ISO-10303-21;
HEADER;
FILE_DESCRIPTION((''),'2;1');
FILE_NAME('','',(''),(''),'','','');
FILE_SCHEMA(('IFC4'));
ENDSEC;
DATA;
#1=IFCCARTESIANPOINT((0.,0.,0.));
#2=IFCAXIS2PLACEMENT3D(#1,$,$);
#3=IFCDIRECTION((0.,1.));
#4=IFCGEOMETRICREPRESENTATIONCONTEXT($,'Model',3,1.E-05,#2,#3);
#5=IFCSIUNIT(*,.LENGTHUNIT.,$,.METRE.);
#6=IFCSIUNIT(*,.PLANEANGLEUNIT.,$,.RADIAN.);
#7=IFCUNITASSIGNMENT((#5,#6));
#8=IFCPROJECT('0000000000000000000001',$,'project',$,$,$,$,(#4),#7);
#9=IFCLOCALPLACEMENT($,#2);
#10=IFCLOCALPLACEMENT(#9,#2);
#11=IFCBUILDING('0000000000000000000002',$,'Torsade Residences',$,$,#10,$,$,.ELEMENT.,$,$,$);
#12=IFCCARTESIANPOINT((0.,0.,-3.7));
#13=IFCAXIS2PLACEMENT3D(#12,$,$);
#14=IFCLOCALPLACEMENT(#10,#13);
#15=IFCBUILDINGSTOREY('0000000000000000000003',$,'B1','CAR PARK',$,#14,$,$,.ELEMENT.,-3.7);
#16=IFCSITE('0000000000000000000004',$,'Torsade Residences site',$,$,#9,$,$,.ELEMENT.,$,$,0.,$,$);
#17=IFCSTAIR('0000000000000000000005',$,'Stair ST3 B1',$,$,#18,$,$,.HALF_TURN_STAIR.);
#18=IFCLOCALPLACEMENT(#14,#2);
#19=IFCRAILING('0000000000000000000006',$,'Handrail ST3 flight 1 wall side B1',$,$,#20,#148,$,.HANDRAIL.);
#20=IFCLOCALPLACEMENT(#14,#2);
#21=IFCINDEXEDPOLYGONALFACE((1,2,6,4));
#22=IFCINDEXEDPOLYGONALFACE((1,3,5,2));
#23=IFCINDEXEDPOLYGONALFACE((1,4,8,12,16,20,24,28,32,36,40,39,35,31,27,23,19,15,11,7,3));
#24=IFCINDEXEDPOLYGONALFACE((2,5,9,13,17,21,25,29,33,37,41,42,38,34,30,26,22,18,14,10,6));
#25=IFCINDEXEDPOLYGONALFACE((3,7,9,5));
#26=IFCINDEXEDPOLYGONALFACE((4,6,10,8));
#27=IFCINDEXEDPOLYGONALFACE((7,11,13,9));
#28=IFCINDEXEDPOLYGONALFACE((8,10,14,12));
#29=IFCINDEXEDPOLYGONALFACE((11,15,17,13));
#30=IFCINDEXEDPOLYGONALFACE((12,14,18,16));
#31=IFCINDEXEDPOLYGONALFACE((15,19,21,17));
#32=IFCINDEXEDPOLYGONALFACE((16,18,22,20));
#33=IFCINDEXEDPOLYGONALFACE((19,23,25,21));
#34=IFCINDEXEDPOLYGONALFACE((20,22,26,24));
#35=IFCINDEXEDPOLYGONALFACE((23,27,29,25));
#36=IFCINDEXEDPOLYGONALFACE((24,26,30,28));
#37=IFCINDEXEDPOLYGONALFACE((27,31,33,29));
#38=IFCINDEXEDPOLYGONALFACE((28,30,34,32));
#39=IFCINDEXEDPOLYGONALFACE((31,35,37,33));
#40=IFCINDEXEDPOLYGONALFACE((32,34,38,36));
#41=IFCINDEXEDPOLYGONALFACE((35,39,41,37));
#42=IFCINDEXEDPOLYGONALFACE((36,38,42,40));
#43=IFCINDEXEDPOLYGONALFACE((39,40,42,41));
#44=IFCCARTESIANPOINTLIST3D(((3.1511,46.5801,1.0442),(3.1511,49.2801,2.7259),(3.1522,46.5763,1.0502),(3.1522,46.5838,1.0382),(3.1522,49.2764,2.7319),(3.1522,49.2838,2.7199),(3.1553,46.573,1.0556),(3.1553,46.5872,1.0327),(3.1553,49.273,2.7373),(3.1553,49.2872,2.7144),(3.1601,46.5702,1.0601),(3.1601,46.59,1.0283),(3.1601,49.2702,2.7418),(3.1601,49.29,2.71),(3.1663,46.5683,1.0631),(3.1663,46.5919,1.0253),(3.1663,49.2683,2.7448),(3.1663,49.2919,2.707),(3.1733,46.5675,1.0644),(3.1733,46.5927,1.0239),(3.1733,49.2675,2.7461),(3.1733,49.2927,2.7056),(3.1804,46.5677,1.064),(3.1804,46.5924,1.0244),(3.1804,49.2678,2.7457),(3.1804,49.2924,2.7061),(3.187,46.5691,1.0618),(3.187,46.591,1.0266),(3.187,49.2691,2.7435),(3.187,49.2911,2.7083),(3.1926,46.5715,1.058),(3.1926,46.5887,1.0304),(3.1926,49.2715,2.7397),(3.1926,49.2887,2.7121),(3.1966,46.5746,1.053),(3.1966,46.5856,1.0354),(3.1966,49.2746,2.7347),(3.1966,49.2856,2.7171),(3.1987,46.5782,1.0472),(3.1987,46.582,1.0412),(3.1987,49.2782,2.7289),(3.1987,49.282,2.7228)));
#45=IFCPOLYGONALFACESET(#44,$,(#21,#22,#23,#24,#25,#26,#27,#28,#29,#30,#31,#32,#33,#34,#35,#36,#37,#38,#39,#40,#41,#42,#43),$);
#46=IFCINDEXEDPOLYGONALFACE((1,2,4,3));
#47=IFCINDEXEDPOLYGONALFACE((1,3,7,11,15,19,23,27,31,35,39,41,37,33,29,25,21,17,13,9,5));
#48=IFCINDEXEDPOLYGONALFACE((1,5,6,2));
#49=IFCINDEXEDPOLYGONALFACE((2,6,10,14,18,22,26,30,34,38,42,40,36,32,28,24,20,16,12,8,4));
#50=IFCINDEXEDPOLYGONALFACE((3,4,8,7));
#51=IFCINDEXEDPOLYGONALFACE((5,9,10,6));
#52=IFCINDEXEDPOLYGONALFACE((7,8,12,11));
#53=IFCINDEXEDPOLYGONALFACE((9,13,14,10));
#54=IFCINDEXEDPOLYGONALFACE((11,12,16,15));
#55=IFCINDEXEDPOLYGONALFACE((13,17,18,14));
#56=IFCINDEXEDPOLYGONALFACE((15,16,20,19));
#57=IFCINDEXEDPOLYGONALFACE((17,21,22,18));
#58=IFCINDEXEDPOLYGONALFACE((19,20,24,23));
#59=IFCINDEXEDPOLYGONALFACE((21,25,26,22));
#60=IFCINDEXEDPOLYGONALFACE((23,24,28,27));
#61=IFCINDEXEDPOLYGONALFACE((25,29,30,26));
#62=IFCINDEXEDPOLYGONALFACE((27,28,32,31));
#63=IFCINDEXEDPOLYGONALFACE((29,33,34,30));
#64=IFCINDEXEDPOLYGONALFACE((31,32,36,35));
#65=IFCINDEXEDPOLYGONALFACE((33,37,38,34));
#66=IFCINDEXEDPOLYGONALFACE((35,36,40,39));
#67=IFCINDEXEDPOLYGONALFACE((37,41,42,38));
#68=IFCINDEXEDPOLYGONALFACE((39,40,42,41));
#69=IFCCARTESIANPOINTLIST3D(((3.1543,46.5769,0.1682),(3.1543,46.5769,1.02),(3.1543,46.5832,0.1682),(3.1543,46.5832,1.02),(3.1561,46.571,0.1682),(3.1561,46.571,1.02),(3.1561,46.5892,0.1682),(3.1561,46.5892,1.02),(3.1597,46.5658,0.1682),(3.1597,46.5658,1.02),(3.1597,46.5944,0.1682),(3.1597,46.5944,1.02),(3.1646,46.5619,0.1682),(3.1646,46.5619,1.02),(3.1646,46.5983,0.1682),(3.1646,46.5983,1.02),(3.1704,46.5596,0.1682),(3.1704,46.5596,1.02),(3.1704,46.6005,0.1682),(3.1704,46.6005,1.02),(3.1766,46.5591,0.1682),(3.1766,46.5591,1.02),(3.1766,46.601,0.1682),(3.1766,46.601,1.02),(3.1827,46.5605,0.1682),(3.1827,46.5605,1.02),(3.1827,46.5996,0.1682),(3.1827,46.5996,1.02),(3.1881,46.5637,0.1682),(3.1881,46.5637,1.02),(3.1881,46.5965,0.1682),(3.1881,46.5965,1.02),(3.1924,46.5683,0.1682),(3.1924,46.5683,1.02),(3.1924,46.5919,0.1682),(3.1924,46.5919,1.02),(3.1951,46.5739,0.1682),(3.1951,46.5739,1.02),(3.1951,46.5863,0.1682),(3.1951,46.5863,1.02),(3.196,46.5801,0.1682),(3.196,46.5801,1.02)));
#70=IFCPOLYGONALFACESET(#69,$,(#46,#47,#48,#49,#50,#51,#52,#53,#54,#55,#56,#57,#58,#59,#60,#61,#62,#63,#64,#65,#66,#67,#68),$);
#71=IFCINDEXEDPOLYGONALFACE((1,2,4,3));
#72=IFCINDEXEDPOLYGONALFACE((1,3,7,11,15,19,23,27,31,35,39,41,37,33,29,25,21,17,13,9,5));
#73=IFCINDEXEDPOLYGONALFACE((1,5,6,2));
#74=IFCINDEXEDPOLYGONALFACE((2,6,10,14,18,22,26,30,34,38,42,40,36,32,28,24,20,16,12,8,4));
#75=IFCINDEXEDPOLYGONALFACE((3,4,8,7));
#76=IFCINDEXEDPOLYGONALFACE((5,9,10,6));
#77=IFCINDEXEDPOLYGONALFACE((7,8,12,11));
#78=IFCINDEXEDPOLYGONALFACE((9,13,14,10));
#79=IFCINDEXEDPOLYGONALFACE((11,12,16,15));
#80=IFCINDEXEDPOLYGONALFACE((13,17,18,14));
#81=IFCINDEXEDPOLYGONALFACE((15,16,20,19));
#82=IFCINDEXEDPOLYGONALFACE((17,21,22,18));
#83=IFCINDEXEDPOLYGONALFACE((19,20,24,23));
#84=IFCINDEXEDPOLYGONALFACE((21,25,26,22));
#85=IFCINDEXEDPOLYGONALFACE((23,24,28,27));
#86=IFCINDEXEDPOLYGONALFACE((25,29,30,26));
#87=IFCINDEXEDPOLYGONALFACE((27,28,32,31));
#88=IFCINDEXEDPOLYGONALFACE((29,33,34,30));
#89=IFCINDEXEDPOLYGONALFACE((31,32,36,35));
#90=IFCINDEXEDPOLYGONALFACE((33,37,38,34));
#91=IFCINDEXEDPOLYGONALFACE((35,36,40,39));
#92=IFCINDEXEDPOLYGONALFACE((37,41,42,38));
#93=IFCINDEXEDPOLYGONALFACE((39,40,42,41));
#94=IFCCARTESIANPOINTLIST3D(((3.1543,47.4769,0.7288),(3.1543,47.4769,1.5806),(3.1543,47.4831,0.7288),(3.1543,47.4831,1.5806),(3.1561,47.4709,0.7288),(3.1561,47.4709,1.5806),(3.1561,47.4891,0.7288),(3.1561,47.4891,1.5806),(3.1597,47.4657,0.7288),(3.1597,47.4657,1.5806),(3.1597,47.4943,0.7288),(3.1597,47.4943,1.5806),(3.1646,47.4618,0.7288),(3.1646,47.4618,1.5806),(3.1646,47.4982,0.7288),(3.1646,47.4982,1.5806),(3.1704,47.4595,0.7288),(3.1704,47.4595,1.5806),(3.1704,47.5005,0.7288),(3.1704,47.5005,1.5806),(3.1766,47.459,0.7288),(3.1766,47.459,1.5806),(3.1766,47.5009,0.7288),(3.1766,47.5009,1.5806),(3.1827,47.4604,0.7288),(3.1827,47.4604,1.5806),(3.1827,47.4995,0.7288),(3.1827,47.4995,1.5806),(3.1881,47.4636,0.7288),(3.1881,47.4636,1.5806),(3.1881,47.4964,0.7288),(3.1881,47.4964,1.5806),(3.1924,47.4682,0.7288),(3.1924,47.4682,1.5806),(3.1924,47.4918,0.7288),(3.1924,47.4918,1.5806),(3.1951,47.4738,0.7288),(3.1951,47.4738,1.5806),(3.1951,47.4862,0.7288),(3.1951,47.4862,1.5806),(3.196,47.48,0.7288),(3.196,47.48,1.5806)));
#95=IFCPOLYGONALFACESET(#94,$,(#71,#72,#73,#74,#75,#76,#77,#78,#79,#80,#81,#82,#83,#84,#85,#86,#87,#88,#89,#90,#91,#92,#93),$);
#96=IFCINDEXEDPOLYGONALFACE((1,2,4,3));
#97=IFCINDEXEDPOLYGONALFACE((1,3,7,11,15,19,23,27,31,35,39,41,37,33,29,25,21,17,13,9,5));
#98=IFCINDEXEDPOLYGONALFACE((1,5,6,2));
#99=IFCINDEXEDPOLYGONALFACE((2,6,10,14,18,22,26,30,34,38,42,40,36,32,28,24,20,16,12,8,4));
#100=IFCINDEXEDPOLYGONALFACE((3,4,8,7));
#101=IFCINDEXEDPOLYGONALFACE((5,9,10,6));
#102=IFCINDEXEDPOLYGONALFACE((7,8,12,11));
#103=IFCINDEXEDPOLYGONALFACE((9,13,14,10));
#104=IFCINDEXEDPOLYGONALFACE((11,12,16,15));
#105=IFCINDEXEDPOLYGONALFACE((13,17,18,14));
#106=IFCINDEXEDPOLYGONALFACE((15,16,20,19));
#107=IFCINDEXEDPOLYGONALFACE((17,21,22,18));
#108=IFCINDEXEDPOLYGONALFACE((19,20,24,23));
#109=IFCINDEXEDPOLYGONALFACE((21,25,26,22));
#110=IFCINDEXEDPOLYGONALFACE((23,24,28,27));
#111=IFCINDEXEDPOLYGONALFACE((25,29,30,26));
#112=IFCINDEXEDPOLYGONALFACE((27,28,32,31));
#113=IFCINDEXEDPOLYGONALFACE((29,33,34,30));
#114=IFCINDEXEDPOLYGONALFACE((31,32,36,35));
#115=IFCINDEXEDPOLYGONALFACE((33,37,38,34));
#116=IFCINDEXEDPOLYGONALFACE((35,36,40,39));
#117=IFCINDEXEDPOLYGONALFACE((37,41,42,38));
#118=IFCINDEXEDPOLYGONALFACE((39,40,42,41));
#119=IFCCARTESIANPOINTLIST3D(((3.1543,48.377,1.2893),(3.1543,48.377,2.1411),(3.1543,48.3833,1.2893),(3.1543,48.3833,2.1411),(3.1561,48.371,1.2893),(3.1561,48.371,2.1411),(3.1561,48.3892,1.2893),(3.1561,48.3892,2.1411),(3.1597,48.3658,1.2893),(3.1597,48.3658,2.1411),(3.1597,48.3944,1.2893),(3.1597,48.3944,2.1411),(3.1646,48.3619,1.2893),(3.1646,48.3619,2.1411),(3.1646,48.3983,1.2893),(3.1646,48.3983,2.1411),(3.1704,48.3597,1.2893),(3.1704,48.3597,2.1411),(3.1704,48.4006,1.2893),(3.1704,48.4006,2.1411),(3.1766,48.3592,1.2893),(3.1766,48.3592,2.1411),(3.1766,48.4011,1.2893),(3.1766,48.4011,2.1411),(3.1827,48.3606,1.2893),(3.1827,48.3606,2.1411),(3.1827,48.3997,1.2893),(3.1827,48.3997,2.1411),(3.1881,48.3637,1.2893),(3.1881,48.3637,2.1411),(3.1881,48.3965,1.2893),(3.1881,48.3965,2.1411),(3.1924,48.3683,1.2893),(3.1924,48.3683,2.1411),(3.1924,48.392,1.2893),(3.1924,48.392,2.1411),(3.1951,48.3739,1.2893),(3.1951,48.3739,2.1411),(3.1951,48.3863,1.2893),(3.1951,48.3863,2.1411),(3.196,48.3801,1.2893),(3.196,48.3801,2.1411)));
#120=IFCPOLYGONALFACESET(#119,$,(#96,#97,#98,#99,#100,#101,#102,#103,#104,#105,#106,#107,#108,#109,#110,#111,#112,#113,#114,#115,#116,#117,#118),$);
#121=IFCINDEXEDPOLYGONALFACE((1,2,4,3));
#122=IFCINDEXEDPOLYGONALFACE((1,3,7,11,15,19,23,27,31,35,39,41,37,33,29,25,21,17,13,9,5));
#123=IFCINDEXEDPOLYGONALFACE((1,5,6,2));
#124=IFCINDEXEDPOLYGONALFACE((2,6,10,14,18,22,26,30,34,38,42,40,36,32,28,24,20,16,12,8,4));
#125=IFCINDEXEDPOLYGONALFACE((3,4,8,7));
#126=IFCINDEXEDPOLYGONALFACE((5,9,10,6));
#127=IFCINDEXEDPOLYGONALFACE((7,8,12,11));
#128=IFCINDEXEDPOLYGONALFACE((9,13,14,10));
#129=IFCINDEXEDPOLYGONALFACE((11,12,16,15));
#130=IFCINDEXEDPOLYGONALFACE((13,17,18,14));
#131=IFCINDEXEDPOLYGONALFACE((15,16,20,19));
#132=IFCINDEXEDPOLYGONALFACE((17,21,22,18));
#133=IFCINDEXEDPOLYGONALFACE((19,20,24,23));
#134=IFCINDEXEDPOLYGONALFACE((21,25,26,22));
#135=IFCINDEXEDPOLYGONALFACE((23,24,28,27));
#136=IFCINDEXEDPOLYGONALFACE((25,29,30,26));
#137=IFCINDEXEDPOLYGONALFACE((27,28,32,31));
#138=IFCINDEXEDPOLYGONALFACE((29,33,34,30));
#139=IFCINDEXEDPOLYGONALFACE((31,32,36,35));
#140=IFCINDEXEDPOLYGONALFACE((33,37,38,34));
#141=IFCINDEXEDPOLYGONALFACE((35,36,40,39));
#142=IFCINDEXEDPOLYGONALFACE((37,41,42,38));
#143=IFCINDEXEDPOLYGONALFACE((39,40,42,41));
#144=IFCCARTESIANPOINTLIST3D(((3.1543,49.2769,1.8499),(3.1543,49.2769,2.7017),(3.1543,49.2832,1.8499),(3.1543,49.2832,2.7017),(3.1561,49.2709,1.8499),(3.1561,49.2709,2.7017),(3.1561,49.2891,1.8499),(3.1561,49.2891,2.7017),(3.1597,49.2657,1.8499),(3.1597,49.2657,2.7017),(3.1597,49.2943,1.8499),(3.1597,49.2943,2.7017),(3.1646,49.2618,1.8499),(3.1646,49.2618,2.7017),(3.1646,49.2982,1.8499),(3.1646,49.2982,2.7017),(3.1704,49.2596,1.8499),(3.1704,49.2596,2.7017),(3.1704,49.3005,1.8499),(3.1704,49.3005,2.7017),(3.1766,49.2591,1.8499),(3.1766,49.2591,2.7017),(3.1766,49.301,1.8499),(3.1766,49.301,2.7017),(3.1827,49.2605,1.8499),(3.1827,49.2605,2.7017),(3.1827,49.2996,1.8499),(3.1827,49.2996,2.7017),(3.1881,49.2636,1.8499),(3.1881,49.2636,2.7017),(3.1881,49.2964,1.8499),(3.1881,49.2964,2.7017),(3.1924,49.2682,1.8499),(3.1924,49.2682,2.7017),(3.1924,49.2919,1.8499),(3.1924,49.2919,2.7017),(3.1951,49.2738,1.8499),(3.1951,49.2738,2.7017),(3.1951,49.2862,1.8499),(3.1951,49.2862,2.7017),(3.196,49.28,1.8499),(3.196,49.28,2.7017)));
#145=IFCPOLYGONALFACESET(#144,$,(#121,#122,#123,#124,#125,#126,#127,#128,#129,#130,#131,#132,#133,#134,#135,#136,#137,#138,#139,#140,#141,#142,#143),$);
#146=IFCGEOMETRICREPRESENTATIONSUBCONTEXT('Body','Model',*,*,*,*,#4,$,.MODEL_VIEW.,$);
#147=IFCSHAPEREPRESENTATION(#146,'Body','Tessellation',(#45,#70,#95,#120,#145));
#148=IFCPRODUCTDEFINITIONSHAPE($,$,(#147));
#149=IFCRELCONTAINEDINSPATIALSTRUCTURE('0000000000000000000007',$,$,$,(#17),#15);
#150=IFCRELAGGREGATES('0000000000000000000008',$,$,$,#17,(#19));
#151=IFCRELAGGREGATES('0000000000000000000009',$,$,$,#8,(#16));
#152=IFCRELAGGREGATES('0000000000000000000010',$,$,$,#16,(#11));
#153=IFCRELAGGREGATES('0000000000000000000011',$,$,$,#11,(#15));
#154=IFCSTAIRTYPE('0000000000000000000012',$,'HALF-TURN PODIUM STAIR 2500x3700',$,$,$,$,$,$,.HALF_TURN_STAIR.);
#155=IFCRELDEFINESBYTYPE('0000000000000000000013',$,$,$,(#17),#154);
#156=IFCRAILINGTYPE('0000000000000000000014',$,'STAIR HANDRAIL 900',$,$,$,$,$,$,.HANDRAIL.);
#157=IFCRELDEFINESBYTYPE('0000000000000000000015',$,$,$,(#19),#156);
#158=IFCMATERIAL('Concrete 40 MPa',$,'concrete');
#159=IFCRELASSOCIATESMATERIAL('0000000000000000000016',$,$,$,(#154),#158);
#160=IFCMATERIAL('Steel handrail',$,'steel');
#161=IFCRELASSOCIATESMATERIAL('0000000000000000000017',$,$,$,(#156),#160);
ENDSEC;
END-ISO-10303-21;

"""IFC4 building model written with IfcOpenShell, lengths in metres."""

from ifc_helpers import new_model, si_unit, direction, frame, origin, origin_2d, place, context, subcontext, project, spatial, circle, extrude, material, type_object, element, aggregate, save


model = new_model("IFC4")

# Units and contexts
model_context = context("Model", 3, precision=1e-05, world=origin(), true_north=direction((0.0, 1.0)))
body_context = subcontext(model_context, "Body", "Model", "MODEL_VIEW")
ifc_project = project(units=[si_unit("LENGTHUNIT", "METRE"), si_unit("PLANEANGLEUNIT", "RADIAN")], contexts=[model_context])

# Site, building, storey
site_placement = place(None, origin())
site = spatial("IfcSite", under=ifc_project, at=site_placement, Name="Torsade Residences site", CompositionType="ELEMENT", RefElevation=0.0)
building_placement = place(site_placement, origin())
building = spatial("IfcBuilding", under=site, at=building_placement, Name="Torsade Residences", CompositionType="ELEMENT")
storey_placement = place(building_placement, frame((0.0, 0.0, -3.7)))
storey = spatial("IfcBuildingStorey", under=building, at=storey_placement, Name="B1", Description="CAR PARK", CompositionType="ELEMENT", Elevation=-3.7)

# Stair, railing
ifc_material_1 = material(Name="Concrete 40 MPa", Category="concrete")
stair_type = type_object("IfcStairType", Name="HALF-TURN PODIUM STAIR 2500x3700", PredefinedType="HALF_TURN_STAIR", material=ifc_material_1)
stair_placement = place(storey_placement, origin())
stair = element("IfcStair", 1, at=stair_placement, inside=storey, type_object=stair_type, Name="Stair ST3 B1", PredefinedType="HALF_TURN_STAIR")
ifc_material_2 = material(Name="Steel handrail", Category="steel")
railing_type = type_object("IfcRailingType", Name="STAIR HANDRAIL 900", PredefinedType="HANDRAIL", material=ifc_material_2)
railing_1_placement = place(storey_placement, frame((3.175, 46.5801, 0.1682)))
railing_1 = element("IfcRailing", 2, at=railing_1_placement, type_object=railing_type, Name="Handrail ST3 flight 1 wall side B1", PredefinedType="HANDRAIL", context=body_context, shape_type="SweptSolid", body=[
    extrude(circle(Radius=0.0239, at=origin_2d()), frame((0.0, 0.0, 0.876), z_axis=(0.0, 0.848821, 0.528681), x_axis=(-1.0, 0.0, 0.0)), (0.0, 0.0, 1.0), 3.1809),
    extrude(circle(Radius=0.021, at=origin_2d()), origin(), (0.0, 0.0, 1.0), 0.8518),
    extrude(circle(Radius=0.021, at=origin_2d()), frame((0.0, 0.8999, 0.5605)), (0.0, 0.0, 1.0), 0.8518),
    extrude(circle(Radius=0.021, at=origin_2d()), frame((0.0, 1.8, 1.1211)), (0.0, 0.0, 1.0), 0.8518),
    extrude(circle(Radius=0.021, at=origin_2d()), frame((0.0, 2.7, 1.6816)), (0.0, 0.0, 1.0), 0.8518),
])
aggregate(stair, [railing_1])

save(model, "model.ifc")
